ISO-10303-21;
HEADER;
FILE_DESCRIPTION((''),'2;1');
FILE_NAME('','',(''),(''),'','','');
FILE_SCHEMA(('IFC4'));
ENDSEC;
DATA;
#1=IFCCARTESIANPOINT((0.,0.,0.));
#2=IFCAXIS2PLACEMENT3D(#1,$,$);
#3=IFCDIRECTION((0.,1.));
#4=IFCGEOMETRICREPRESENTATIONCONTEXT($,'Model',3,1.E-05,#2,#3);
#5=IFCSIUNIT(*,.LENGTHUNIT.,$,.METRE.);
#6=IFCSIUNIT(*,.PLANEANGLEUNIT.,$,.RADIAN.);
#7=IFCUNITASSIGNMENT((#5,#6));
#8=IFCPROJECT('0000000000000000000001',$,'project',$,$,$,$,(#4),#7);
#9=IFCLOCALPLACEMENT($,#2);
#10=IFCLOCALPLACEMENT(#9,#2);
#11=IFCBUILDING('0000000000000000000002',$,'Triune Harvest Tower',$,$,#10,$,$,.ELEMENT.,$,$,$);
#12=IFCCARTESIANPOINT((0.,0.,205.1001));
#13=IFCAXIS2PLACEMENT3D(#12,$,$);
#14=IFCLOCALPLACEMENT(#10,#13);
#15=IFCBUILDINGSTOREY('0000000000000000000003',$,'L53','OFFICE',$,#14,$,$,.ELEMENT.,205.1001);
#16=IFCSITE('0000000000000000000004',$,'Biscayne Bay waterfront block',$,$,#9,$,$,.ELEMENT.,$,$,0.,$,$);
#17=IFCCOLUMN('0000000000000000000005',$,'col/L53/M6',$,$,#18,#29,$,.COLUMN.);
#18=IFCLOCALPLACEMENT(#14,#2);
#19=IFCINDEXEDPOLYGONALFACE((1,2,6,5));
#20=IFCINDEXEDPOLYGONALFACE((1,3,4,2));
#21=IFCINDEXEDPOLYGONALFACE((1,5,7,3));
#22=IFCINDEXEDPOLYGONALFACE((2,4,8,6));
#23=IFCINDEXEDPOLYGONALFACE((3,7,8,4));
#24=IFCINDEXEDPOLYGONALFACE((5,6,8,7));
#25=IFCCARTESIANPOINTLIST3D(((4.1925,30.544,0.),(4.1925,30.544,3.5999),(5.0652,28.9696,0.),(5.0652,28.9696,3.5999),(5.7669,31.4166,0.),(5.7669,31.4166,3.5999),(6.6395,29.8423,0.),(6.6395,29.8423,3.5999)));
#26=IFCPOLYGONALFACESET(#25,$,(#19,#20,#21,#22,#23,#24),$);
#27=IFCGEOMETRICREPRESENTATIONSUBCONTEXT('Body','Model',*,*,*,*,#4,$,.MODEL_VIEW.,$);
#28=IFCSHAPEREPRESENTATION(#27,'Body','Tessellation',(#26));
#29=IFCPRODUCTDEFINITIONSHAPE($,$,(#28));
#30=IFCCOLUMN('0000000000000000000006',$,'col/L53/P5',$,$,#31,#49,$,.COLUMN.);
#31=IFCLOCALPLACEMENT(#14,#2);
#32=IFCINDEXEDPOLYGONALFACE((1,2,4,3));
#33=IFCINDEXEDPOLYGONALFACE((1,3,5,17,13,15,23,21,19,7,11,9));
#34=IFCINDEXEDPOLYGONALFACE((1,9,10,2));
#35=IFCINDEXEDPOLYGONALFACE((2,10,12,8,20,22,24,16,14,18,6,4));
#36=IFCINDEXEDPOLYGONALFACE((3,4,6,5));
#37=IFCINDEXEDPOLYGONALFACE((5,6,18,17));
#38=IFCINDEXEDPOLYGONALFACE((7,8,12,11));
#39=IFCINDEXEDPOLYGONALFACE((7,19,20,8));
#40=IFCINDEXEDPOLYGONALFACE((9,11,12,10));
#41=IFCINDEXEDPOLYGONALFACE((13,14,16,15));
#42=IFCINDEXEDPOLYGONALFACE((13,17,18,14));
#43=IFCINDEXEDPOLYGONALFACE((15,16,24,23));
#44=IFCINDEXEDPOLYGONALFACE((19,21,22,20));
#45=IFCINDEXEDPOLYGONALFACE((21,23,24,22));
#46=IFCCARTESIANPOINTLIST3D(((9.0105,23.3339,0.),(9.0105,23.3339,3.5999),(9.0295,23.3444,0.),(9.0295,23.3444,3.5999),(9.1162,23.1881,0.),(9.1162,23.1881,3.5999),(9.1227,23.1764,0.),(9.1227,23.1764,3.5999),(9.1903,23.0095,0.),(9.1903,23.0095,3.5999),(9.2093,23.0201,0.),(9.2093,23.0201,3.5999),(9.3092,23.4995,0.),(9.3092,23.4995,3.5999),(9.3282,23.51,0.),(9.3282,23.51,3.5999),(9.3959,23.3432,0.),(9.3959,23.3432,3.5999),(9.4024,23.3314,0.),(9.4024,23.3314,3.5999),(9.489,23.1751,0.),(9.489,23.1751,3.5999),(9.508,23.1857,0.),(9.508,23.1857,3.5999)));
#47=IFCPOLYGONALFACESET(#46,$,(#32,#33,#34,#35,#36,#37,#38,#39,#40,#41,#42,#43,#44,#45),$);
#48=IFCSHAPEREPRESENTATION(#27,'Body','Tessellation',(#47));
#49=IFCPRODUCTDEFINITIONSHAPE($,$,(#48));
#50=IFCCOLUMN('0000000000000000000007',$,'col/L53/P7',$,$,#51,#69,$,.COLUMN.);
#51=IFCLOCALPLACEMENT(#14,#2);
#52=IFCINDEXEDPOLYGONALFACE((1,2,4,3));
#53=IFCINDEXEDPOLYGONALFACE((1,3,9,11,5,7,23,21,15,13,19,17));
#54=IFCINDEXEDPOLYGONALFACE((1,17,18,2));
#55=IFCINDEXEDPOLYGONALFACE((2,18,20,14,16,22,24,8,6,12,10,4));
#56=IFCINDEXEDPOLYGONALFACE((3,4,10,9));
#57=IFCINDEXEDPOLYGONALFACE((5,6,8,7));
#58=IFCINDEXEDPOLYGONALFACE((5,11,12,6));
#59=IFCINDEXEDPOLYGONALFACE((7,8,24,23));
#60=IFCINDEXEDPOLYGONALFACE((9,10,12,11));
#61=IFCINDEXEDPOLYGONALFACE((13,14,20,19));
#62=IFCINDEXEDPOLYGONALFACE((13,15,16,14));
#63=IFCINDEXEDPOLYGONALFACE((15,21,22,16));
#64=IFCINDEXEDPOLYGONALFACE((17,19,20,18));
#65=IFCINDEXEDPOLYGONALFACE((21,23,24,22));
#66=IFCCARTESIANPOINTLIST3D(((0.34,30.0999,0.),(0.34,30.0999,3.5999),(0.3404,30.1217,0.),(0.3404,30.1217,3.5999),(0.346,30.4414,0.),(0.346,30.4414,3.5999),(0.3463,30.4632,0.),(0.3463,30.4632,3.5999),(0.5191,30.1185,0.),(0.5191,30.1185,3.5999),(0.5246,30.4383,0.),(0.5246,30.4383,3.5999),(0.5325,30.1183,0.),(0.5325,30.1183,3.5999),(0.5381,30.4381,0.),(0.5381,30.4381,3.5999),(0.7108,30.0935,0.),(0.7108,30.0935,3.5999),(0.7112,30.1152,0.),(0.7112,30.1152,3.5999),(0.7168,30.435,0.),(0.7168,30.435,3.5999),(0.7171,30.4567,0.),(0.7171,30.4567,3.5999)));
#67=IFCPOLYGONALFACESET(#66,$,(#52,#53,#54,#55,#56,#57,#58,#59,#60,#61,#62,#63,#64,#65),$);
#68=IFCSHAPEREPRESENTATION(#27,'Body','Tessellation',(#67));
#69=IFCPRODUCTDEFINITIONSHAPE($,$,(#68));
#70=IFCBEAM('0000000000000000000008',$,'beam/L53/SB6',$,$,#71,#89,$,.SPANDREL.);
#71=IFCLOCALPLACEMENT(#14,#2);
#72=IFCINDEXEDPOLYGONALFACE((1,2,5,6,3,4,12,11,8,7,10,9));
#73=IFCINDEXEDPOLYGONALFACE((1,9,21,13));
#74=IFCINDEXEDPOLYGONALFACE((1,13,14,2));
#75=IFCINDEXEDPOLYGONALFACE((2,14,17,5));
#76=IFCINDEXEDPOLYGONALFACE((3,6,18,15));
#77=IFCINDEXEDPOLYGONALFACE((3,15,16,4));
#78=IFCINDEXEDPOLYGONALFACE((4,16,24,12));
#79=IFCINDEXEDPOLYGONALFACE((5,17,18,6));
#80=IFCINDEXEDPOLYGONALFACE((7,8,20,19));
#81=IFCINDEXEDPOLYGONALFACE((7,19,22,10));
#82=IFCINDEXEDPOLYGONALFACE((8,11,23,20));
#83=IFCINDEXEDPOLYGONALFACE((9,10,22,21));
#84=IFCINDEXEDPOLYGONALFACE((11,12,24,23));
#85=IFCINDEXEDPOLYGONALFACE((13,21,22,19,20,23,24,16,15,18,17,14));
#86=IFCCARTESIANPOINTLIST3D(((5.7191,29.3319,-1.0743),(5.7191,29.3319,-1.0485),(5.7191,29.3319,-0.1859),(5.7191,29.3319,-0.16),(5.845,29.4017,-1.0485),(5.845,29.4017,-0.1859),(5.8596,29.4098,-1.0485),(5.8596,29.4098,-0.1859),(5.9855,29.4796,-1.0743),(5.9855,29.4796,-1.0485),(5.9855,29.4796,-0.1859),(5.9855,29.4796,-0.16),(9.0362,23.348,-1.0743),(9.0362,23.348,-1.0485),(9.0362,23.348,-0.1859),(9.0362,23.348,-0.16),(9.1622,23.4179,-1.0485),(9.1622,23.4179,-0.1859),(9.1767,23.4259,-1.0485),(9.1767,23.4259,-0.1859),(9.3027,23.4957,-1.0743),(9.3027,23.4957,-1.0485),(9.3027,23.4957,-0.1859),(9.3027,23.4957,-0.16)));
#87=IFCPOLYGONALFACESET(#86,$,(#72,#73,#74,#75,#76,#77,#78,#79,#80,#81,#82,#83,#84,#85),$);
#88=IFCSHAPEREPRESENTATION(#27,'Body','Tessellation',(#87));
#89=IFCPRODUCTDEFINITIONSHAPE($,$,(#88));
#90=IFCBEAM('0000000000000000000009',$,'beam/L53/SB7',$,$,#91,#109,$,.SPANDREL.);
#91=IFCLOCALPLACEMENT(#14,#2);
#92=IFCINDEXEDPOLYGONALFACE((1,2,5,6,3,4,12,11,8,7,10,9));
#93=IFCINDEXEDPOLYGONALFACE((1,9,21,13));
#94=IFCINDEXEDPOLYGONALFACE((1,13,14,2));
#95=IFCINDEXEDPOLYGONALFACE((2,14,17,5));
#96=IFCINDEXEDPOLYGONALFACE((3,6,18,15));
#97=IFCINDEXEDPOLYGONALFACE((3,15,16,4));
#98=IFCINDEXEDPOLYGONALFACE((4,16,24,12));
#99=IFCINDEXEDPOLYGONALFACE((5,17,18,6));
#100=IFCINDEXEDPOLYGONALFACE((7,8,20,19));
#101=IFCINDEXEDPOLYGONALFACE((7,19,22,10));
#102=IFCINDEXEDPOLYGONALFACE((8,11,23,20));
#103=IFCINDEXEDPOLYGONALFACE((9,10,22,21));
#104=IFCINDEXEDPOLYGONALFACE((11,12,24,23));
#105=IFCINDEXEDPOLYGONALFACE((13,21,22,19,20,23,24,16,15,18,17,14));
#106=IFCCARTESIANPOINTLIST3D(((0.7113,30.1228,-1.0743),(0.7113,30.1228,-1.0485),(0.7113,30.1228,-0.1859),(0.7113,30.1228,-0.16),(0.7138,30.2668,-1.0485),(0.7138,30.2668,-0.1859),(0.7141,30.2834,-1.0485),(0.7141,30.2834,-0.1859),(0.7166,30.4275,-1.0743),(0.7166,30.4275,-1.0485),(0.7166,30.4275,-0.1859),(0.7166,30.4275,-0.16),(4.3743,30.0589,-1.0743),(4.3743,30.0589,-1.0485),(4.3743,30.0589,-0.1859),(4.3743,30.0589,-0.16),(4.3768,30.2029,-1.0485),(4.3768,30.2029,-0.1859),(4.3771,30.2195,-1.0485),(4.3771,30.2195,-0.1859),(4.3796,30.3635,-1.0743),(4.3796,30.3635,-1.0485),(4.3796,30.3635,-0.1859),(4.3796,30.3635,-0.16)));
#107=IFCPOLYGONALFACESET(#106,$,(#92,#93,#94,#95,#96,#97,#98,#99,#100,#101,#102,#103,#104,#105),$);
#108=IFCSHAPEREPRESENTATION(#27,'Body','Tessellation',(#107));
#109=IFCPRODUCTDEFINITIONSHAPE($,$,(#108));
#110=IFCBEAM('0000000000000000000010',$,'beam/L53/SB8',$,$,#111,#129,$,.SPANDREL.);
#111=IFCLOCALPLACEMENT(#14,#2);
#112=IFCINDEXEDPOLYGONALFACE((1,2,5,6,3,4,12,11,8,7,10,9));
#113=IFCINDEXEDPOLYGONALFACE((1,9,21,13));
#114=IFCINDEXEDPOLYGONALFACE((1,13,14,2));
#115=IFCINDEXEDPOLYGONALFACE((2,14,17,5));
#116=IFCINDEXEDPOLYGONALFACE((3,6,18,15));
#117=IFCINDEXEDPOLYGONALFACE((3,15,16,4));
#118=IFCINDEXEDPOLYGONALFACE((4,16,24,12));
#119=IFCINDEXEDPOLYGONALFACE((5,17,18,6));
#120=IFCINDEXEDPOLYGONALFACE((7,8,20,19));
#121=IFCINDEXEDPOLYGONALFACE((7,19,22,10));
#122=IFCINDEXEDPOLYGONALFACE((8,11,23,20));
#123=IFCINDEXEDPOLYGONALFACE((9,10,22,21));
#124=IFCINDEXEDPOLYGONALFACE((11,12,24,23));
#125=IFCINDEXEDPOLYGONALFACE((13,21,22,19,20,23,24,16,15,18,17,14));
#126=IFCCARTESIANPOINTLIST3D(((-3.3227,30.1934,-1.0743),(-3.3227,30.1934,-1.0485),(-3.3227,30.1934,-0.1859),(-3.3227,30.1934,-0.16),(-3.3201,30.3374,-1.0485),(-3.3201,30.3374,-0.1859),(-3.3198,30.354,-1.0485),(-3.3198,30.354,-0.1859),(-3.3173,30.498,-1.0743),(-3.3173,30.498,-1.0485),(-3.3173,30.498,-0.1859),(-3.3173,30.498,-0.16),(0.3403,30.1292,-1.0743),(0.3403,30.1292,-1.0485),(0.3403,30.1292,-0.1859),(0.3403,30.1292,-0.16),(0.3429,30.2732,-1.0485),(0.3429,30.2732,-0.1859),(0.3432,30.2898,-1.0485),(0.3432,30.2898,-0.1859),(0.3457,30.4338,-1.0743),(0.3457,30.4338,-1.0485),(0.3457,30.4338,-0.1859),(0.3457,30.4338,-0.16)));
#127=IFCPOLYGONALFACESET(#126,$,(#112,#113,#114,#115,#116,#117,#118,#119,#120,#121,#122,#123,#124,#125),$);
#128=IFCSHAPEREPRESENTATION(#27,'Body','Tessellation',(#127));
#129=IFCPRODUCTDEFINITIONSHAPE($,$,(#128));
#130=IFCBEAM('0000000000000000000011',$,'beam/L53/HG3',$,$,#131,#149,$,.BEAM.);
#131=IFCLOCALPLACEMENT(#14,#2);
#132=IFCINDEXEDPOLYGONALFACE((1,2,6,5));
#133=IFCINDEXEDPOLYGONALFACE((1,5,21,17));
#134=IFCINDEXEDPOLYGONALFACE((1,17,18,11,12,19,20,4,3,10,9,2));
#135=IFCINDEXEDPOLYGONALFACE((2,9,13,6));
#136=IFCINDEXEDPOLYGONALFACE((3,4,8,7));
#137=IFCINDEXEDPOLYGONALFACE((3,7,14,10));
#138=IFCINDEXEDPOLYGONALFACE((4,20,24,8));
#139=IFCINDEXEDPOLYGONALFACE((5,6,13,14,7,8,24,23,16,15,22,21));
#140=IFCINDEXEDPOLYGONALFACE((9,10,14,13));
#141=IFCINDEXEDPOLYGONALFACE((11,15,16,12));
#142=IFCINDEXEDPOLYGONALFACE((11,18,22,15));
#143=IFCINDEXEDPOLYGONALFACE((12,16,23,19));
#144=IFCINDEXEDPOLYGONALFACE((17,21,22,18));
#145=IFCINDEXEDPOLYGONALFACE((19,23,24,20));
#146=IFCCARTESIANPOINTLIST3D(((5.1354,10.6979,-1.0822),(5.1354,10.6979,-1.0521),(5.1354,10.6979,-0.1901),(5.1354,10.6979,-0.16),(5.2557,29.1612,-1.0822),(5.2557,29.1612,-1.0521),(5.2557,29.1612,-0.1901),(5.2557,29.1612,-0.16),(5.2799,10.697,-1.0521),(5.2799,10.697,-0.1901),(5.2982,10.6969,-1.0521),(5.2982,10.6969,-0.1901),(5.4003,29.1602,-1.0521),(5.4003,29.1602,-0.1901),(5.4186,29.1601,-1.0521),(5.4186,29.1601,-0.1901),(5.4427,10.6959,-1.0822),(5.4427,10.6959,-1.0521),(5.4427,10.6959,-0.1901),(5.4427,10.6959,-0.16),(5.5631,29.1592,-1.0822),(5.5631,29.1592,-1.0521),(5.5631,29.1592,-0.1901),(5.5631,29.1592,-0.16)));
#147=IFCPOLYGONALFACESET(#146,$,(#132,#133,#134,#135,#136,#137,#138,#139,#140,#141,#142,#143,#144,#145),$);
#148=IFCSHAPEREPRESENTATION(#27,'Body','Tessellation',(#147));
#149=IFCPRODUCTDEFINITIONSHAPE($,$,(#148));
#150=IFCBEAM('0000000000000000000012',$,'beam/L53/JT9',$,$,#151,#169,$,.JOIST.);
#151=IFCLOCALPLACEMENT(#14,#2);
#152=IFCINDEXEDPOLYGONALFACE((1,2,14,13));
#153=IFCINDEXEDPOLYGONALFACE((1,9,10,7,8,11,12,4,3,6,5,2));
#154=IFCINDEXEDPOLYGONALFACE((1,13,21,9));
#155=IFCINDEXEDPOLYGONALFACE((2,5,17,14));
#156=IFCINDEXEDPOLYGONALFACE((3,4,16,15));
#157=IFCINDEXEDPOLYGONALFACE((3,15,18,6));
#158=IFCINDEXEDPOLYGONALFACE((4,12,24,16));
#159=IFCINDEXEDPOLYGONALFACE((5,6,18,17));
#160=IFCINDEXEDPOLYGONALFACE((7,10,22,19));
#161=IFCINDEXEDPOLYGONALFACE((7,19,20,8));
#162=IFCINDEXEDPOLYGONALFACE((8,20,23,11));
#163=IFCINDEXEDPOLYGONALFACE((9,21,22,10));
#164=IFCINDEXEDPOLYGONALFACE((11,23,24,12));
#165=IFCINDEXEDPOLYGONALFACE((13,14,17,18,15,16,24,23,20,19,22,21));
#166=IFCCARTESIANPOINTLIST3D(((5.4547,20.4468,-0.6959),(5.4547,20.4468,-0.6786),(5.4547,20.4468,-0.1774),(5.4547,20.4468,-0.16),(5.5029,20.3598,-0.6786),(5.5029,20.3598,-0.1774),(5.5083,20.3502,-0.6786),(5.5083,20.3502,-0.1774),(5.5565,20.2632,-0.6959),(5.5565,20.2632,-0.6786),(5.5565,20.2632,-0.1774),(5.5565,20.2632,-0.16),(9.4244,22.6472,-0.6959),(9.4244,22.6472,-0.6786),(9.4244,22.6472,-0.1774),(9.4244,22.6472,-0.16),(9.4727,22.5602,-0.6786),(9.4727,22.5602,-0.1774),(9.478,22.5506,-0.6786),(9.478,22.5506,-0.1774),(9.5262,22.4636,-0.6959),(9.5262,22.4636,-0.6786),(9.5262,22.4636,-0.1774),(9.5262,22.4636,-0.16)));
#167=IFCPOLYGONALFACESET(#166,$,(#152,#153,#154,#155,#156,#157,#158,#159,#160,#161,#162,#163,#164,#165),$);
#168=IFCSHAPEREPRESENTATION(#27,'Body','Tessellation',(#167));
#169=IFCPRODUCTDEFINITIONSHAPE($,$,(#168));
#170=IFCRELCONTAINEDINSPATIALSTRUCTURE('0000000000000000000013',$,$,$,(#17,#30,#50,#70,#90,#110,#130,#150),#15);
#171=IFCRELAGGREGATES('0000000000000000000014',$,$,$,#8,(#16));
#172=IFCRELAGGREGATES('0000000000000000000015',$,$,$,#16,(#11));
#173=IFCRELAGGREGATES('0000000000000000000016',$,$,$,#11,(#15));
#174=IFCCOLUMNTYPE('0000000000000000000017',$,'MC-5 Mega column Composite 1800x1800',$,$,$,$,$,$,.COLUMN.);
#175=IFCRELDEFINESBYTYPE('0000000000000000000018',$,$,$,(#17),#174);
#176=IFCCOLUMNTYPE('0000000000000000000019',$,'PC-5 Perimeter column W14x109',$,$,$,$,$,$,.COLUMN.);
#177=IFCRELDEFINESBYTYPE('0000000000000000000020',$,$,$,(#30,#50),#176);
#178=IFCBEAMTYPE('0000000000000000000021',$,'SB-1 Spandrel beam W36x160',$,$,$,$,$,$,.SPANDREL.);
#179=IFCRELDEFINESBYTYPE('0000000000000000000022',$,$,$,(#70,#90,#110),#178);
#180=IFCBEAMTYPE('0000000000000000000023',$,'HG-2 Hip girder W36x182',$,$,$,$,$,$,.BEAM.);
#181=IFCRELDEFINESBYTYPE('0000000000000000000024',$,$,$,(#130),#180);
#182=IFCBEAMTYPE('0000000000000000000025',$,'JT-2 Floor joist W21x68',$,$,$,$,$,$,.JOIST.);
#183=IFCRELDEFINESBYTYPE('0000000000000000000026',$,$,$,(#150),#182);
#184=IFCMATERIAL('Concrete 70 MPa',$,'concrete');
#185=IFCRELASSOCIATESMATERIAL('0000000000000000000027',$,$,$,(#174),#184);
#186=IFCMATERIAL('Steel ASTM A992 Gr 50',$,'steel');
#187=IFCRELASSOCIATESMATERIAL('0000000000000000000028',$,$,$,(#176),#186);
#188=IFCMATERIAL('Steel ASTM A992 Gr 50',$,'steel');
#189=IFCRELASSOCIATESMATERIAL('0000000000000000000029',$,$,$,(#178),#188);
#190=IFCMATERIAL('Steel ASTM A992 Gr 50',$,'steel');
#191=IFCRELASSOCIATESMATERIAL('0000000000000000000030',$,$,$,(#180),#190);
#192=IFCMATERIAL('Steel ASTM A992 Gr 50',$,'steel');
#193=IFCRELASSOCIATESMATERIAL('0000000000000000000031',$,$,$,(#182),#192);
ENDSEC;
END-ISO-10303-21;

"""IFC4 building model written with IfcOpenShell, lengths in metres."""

from ifc_helpers import new_model, si_unit, direction, frame, origin, origin_2d, place, context, subcontext, project, spatial, rectangle, i_section, extrude, source, transform, mapped, material, material_profile, profile_set, type_object, element, save


model = new_model("IFC4")

# Units and contexts
model_context = context("Model", 3, precision=1e-05, world=origin(), true_north=direction((0.0, 1.0)))
body_context = subcontext(model_context, "Body", "Model", "MODEL_VIEW")
ifc_project = project(units=[si_unit("LENGTHUNIT", "METRE"), si_unit("PLANEANGLEUNIT", "RADIAN")], contexts=[model_context])

# Site, building, storey
site_placement = place(None, origin())
site = spatial("IfcSite", under=ifc_project, at=site_placement, Name="Biscayne Bay waterfront block", CompositionType="ELEMENT", RefElevation=0.0)
building_placement = place(site_placement, origin())
building = spatial("IfcBuilding", under=site, at=building_placement, Name="Triune Harvest Tower", CompositionType="ELEMENT")
storey_placement = place(building_placement, frame((0.0, 0.0, 205.1001)))
storey = spatial("IfcBuildingStorey", under=building, at=storey_placement, Name="L53", Description="OFFICE", CompositionType="ELEMENT", Elevation=205.1001)

# Columns
ifc_material_1 = material(Name="Concrete 70 MPa", Category="concrete")
ifc_material_profile_1 = material_profile(ifc_material_1, rectangle(XDim=1.8, YDim=1.8, at=origin_2d()), Name="Composite 1800x1800")
ifc_profile_set_1 = profile_set([ifc_material_profile_1], Name="Concrete 70 MPa")
column_type_1 = type_object("IfcColumnType", Name="MC-5 Mega column Composite 1800x1800", PredefinedType="COLUMN", material=ifc_profile_set_1)
shared_shape_1 = source(origin(), body_context, "Body", "SweptSolid", [
    extrude(rectangle(XDim=1.8, YDim=1.8, at=origin_2d()), origin(), (0.0, 0.0, 1.0), 3.5999),
])
column_placement = place(storey_placement, frame((5.416, 30.1931, 0.0), z_axis=(0.0, 0.0, 1.0), x_axis=(-0.48481, 0.87462, 0.0)))
element("IfcColumn", 1, at=column_placement, inside=storey, type_object=column_type_1, Name="col/L53/M6", PredefinedType="COLUMN", context=body_context, shape_type="MappedRepresentation", body=[
    mapped(shared_shape_1, transform((0.0, 0.0, 0.0), scale=1.0)),
])
ifc_material_2 = material(Name="Steel ASTM A992 Gr 50", Category="steel")
ifc_material_profile_2 = material_profile(ifc_material_2, i_section(OverallWidth=0.3708, OverallDepth=0.3633, WebThickness=0.0134, FlangeThickness=0.0217, at=origin_2d()), Name="W14x109")
ifc_profile_set_2 = profile_set([ifc_material_profile_2], Name="Steel ASTM A992 Gr 50")
column_type_2 = type_object("IfcColumnType", Name="PC-5 Perimeter column W14x109", PredefinedType="COLUMN", material=ifc_profile_set_2)
shared_shape_2 = source(origin(), body_context, "Body", "SweptSolid", [
    extrude(i_section(OverallWidth=0.3708, OverallDepth=0.3633, WebThickness=0.0134, FlangeThickness=0.0217, at=origin_2d()), origin(), (0.0, 0.0, 1.0), 3.5999),
])
for number, where, z_axis, x_axis, name in (
    (2, (9.2593, 23.2598, 0.0), (0.0, 0.0, 1.0), (-0.48481, 0.87462, 0.0), "col/L53/P5"),
    (3, (0.5286, 30.2783, 0.0), (0.0, 0.0, 1.0), (-0.999848, 0.017451, 0.0), "col/L53/P7"),
):
    element("IfcColumn", number, at=place(storey_placement, frame(where, z_axis=z_axis, x_axis=x_axis)), inside=storey, type_object=column_type_2, Name=name, PredefinedType="COLUMN", context=body_context, shape_type="MappedRepresentation", body=[
        mapped(shared_shape_2, transform((0.0, 0.0, 0.0), scale=1.0)),
    ])

# Beams
ifc_material_3 = material(Name="Steel ASTM A992 Gr 50", Category="steel")
ifc_material_profile_3 = material_profile(ifc_material_3, i_section(OverallWidth=0.3047, OverallDepth=0.9143, WebThickness=0.0166, FlangeThickness=0.0259, at=origin_2d()), Name="W36x160")
ifc_profile_set_3 = profile_set([ifc_material_profile_3], Name="Steel ASTM A992 Gr 50")
beam_type_1 = type_object("IfcBeamType", Name="SB-1 Spandrel beam W36x160", PredefinedType="SPANDREL", material=ifc_profile_set_3)
shared_shape_3 = source(origin(), body_context, "Body", "SweptSolid", [
    extrude(i_section(OverallWidth=0.3047, OverallDepth=0.9143, WebThickness=0.0166, FlangeThickness=0.0259, at=origin_2d()), origin(), (0.0, 0.0, 1.0), 6.8418),
])
beam_1_placement = place(storey_placement, frame((9.1694, 23.4219, -0.6172), z_axis=(-0.484834, 0.874606, 0.0), x_axis=(-0.874606, -0.484834, 0.0)))
element("IfcBeam", 4, at=beam_1_placement, inside=storey, type_object=beam_type_1, Name="beam/L53/SB6", PredefinedType="SPANDREL", context=body_context, shape_type="MappedRepresentation", body=[
    mapped(shared_shape_3, transform((0.0, 0.0, 0.0), scale=1.0)),
])
shared_shape_4 = source(origin(), body_context, "Body", "SweptSolid", [
    extrude(i_section(OverallWidth=0.3047, OverallDepth=0.9143, WebThickness=0.0166, FlangeThickness=0.0259, at=origin_2d()), origin(), (0.0, 0.0, 1.0), 3.6636),
])
for number, where, z_axis, x_axis, name in (
    (5, (4.377, 30.2112, -0.6172), (-0.999848, 0.017459, 0.0), (-0.017459, -0.999848, 0.0), "beam/L53/SB7"),
    (6, (0.343, 30.2815, -0.6172), (-0.999846, 0.017526, 0.0), (-0.017526, -0.999846, 0.0), "beam/L53/SB8"),
):
    element("IfcBeam", number, at=place(storey_placement, frame(where, z_axis=z_axis, x_axis=x_axis)), inside=storey, type_object=beam_type_1, Name=name, PredefinedType="SPANDREL", context=body_context, shape_type="MappedRepresentation", body=[
        mapped(shared_shape_4, transform((0.0, 0.0, 0.0), scale=1.0)),
    ])
ifc_material_4 = material(Name="Steel ASTM A992 Gr 50", Category="steel")
ifc_material_profile_4 = material_profile(ifc_material_4, i_section(OverallWidth=0.3074, OverallDepth=0.9221, WebThickness=0.0183, FlangeThickness=0.03, at=origin_2d()), Name="W36x182")
ifc_profile_set_4 = profile_set([ifc_material_profile_4], Name="Steel ASTM A992 Gr 50")
beam_type_2 = type_object("IfcBeamType", Name="HG-2 Hip girder W36x182", PredefinedType="BEAM", material=ifc_profile_set_4)
shared_shape_5 = source(origin(), body_context, "Body", "SweptSolid", [
    extrude(i_section(OverallWidth=0.3074, OverallDepth=0.9221, WebThickness=0.0183, FlangeThickness=0.03, at=origin_2d()), origin(), (0.0, 0.0, 1.0), 18.4636),
])
beam_2_placement = place(storey_placement, frame((5.4094, 29.1602, -0.6211), z_axis=(-0.006519, -0.999979, 0.0), x_axis=(0.999979, -0.006519, 0.0)))
element("IfcBeam", 7, at=beam_2_placement, inside=storey, type_object=beam_type_2, Name="beam/L53/HG3", PredefinedType="BEAM", context=body_context, shape_type="MappedRepresentation", body=[
    mapped(shared_shape_5, transform((0.0, 0.0, 0.0), scale=1.0)),
])
ifc_material_5 = material(Name="Steel ASTM A992 Gr 50", Category="steel")
ifc_material_profile_5 = material_profile(ifc_material_5, i_section(OverallWidth=0.21, OverallDepth=0.5359, WebThickness=0.011, FlangeThickness=0.0173, at=origin_2d()), Name="W21x68")
ifc_profile_set_5 = profile_set([ifc_material_profile_5], Name="Steel ASTM A992 Gr 50")
beam_type_3 = type_object("IfcBeamType", Name="JT-2 Floor joist W21x68", PredefinedType="JOIST", material=ifc_profile_set_5)
shared_shape_6 = source(origin(), body_context, "Body", "SweptSolid", [
    extrude(i_section(OverallWidth=0.21, OverallDepth=0.5359, WebThickness=0.011, FlangeThickness=0.0173, at=origin_2d()), origin(), (0.0, 0.0, 1.0), 4.5388),
])
beam_3_placement = place(storey_placement, frame((9.4753, 22.5554, -0.428), z_axis=(-0.874621, -0.484807, 0.0), x_axis=(0.484807, -0.874621, 0.0)))
element("IfcBeam", 8, at=beam_3_placement, inside=storey, type_object=beam_type_3, Name="beam/L53/JT9", PredefinedType="JOIST", context=body_context, shape_type="MappedRepresentation", body=[
    mapped(shared_shape_6, transform((0.0, 0.0, 0.0), scale=1.0)),
])

save(model, "model.ifc")
